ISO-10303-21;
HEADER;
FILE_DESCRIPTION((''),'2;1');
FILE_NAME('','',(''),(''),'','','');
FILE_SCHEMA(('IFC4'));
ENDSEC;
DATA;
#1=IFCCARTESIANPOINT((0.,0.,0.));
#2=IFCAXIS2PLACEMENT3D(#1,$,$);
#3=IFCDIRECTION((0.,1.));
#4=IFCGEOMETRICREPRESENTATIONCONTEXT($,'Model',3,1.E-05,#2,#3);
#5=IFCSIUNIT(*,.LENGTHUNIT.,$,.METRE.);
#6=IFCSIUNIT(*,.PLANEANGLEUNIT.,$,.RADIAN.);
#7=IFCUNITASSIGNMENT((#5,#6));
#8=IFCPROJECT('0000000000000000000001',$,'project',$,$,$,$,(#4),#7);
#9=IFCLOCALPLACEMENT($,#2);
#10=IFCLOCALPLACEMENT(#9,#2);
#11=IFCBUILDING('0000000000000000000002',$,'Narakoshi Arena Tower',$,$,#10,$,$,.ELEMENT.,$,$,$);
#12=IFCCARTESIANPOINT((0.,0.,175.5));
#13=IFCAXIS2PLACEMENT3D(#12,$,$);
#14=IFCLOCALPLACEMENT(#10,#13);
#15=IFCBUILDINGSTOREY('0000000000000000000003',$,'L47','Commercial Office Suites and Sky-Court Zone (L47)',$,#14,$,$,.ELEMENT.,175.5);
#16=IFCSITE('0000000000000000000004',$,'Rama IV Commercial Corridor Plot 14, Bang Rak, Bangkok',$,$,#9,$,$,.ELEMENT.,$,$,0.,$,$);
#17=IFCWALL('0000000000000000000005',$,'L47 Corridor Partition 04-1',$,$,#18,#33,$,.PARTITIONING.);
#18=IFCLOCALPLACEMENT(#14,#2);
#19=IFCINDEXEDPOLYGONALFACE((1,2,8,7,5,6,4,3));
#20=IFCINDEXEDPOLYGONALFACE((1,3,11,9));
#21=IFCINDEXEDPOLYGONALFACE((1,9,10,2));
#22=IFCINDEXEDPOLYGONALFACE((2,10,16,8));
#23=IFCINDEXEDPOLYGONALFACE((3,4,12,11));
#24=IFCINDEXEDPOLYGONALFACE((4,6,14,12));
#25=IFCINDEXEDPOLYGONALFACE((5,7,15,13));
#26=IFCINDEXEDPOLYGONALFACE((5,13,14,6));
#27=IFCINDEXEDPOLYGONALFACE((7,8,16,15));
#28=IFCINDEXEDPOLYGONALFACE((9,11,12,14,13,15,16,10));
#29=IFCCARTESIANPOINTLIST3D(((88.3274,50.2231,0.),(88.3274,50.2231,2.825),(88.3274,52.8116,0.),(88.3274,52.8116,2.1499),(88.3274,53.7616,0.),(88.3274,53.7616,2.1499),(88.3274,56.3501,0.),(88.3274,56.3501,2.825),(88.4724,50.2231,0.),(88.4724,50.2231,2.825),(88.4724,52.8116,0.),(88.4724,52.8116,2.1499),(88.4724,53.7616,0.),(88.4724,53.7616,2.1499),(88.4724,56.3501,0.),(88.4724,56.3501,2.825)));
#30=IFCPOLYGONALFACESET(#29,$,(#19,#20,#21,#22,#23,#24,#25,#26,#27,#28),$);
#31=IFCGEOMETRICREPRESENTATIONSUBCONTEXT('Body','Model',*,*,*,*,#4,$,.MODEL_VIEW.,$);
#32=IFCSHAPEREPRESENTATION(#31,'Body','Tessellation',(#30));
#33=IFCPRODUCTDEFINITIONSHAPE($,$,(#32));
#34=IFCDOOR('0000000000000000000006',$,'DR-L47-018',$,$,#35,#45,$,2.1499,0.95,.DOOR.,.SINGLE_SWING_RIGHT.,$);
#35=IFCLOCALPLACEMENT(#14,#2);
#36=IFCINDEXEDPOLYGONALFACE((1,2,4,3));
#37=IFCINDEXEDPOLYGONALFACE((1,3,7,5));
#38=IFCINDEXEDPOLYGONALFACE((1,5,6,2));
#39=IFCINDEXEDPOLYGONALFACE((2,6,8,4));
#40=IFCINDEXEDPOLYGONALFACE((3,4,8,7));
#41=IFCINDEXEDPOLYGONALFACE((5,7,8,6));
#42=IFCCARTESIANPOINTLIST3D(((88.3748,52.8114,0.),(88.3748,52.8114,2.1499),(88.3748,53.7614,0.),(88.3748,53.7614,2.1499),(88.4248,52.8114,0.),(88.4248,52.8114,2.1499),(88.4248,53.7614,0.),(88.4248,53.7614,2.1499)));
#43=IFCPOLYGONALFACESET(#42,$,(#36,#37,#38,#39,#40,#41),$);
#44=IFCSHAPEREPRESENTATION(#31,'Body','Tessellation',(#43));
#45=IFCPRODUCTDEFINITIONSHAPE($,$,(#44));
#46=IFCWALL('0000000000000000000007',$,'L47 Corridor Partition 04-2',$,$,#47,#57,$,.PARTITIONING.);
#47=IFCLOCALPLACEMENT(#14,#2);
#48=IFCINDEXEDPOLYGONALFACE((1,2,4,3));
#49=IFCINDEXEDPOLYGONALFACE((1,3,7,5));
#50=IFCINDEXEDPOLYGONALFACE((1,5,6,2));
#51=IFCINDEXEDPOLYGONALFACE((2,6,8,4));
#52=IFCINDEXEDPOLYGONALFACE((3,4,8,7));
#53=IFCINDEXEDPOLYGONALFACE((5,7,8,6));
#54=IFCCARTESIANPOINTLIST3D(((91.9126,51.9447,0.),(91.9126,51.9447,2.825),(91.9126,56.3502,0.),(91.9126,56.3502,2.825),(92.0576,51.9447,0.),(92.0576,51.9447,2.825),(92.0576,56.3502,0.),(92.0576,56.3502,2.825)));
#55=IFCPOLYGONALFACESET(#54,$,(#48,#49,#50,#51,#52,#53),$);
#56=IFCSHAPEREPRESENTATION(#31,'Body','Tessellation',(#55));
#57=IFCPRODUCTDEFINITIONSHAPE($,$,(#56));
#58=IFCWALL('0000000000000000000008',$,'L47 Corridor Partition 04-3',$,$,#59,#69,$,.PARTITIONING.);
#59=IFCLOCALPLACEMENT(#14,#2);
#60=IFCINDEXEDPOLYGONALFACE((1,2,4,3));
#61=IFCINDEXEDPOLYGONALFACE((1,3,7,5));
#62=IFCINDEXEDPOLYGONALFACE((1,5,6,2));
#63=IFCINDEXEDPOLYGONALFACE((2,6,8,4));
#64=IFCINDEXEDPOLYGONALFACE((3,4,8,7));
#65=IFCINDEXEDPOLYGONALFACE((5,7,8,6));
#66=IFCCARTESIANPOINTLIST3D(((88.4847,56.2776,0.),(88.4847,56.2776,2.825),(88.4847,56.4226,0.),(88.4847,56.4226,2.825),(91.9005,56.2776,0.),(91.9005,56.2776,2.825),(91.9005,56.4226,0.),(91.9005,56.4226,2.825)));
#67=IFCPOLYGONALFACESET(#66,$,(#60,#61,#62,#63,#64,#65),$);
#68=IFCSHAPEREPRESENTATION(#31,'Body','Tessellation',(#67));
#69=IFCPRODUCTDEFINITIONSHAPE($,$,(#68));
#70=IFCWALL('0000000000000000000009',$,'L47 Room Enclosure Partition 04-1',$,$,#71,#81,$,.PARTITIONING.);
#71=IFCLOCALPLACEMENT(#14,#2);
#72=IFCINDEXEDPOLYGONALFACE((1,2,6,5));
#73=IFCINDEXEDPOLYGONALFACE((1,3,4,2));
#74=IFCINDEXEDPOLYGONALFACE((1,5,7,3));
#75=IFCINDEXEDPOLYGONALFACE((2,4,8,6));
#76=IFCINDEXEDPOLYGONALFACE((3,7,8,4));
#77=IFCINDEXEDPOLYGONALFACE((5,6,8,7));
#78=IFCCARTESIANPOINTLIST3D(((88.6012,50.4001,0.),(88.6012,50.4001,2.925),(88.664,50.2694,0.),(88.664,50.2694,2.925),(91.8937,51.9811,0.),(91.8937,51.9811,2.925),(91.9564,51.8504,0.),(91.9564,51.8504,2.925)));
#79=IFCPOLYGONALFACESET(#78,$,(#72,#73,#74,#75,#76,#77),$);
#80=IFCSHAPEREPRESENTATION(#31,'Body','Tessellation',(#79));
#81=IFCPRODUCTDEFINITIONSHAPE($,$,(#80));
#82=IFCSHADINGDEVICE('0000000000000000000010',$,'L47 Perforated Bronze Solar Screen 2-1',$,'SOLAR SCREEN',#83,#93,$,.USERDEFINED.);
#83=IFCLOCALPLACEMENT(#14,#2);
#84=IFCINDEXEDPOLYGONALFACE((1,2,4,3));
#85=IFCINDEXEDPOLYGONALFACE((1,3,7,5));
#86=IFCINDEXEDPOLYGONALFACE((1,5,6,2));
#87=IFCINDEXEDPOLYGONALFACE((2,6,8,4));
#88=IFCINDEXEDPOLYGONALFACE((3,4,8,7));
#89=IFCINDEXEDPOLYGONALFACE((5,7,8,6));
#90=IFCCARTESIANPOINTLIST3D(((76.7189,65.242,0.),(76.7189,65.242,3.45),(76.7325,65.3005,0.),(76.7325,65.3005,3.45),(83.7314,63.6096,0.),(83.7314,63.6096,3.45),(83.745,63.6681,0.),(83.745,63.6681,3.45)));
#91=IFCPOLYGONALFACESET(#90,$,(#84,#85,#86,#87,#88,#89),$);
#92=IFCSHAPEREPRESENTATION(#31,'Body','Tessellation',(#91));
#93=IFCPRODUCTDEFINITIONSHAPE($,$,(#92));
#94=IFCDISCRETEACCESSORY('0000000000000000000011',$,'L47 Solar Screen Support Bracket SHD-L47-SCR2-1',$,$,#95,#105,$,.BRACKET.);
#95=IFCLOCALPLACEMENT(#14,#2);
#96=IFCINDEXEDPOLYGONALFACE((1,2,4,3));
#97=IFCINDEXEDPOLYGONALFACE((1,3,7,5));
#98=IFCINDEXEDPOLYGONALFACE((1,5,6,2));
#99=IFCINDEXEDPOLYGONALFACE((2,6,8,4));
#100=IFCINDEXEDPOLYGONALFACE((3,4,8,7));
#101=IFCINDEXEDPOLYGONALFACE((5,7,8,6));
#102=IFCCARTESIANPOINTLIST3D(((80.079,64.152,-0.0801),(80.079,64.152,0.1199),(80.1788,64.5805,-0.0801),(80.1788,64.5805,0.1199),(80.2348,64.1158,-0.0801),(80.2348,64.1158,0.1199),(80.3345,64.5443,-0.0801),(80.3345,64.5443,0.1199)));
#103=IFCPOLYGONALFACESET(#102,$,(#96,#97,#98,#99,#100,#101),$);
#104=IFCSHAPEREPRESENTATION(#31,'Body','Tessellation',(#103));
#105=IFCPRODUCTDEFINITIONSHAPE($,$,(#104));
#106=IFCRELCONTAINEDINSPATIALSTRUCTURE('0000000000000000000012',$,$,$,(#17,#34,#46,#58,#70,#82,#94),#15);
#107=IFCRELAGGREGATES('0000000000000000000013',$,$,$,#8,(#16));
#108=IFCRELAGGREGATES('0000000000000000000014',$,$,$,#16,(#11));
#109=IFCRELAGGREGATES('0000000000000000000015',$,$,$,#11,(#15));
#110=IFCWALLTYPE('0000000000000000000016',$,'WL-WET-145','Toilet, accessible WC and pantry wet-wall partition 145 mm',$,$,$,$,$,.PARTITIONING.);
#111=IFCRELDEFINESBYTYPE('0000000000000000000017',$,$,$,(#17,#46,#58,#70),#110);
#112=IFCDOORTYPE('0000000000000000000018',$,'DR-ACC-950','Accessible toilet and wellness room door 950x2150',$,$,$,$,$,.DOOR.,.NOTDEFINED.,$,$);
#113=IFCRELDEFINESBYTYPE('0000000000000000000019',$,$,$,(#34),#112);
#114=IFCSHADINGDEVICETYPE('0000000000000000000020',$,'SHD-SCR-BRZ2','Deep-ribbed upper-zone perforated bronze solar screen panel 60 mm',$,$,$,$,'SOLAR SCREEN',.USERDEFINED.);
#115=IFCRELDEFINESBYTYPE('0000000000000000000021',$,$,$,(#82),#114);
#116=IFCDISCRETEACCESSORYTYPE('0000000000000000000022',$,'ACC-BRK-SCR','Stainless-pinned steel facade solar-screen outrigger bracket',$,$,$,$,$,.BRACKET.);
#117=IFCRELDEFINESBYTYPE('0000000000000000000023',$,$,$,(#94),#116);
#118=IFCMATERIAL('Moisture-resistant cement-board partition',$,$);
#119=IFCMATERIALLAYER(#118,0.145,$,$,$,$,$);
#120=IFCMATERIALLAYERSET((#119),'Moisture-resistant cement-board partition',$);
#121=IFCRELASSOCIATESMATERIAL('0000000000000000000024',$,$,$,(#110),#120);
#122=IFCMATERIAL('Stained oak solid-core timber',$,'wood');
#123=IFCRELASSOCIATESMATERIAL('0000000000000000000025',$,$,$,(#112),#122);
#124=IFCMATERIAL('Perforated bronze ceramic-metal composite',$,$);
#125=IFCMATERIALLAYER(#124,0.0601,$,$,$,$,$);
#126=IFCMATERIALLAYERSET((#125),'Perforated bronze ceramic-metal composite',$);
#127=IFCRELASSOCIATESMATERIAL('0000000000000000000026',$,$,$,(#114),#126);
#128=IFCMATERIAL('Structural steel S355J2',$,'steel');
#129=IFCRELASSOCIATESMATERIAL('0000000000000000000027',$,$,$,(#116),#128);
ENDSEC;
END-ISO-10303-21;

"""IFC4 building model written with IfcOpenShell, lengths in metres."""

from ifc_helpers import new_model, si_unit, direction, frame, frame_2d, origin, origin_2d, place, context, subcontext, project, spatial, rectangle, extrude, material, layer, layer_set, type_object, element, fill, save


model = new_model("IFC4")

# Units and contexts
model_context = context("Model", 3, precision=1e-05, world=origin(), true_north=direction((0.0, 1.0)))
body_context = subcontext(model_context, "Body", "Model", "MODEL_VIEW")
ifc_project = project(units=[si_unit("LENGTHUNIT", "METRE"), si_unit("PLANEANGLEUNIT", "RADIAN")], contexts=[model_context])

# Site, building, storey
site_placement = place(None, origin())
site = spatial("IfcSite", under=ifc_project, at=site_placement, Name="Rama IV Commercial Corridor Plot 14, Bang Rak, Bangkok", CompositionType="ELEMENT", RefElevation=0.0)
building_placement = place(site_placement, origin())
building = spatial("IfcBuilding", under=site, at=building_placement, Name="Narakoshi Arena Tower", CompositionType="ELEMENT")
storey_placement = place(building_placement, frame((0.0, 0.0, 175.5)))
storey = spatial("IfcBuildingStorey", under=building, at=storey_placement, Name="L47", Description="Commercial Office Suites and Sky-Court Zone (L47)", CompositionType="ELEMENT", Elevation=175.5)

# Shared definitions
ifc_material_1 = material(Name="Structural steel S355J2", Category="steel")

# Shared definitions
ifc_material_2 = material(Name="Stained oak solid-core timber", Category="wood")

# Wall, opening, door
ifc_material_3 = material(Name="Moisture-resistant cement-board partition")
ifc_layer_1 = layer(ifc_material_3, 0.145)
ifc_layer_set_1 = layer_set([ifc_layer_1], Name="Moisture-resistant cement-board partition")
wall_type_1 = type_object("IfcWallType", Name="WL-WET-145", Description="Toilet, accessible WC and pantry wet-wall partition 145 mm", PredefinedType="PARTITIONING", material=ifc_layer_set_1)
wall_1_placement = place(storey_placement, frame((88.3999, 50.2231, 0.0), z_axis=(0.0, 0.0, 1.0), x_axis=(0.0, 1.0, 0.0)))
wall_1 = element("IfcWall", 1, at=wall_1_placement, inside=storey, type_object=wall_type_1, Name="L47 Corridor Partition 04-1", PredefinedType="PARTITIONING", context=body_context, shape_type="SweptSolid", body=[
    extrude(rectangle(XDim=6.127, YDim=0.145, at=frame_2d((3.0635, 0.0))), origin(), (0.0, 0.0, 1.0), 2.825),
])
opening_1_placement = place(wall_1_placement, frame((2.5884, 0.0, 0.0)))
opening_1 = element("IfcOpeningElement", 2, at=opening_1_placement, cuts=wall_1, PredefinedType="OPENING", context=body_context, shape_type="SweptSolid", body=[
    extrude(rectangle(XDim=0.95, YDim=2.1499, at=frame_2d((0.4751, 1.075))), frame((0.0, 0.0825, 0.0), z_axis=(0.0, -1.0, 0.0), x_axis=(1.0, 0.0, 0.0)), (0.0, 0.0, 1.0), 0.165),
])
door_type_1 = type_object("IfcDoorType", Name="DR-ACC-950", Description="Accessible toilet and wellness room door 950x2150", OperationType="NOTDEFINED", PredefinedType="DOOR", material=ifc_material_2)
door_1_placement = place(opening_1_placement, frame((0.95, 0.0, 0.0), z_axis=(0.0, 0.0, 1.0), x_axis=(-1.0, 0.0, 0.0)))
door_1 = element("IfcDoor", 3, at=door_1_placement, inside=storey, type_object=door_type_1, Name="DR-L47-018", OperationType="SINGLE_SWING_RIGHT", OverallHeight=2.1499, OverallWidth=0.95, PredefinedType="DOOR", context=body_context, shape_type="SweptSolid", body=[
    extrude(rectangle(XDim=0.95, YDim=2.1499, at=frame_2d((0.4751, 1.075))), frame((0.0, 0.0249, 0.0), z_axis=(0.0, -1.0, 0.0), x_axis=(1.0, 0.0, 0.0)), (0.0, 0.0, 1.0), 0.05),
])
fill(opening_1, door_1)

# Walls
wall_2_placement = place(storey_placement, frame((91.9851, 56.3501, 0.0), z_axis=(0.0, 0.0, 1.0), x_axis=(0.0, -1.0, 0.0)))
element("IfcWall", 4, at=wall_2_placement, inside=storey, type_object=wall_type_1, Name="L47 Corridor Partition 04-2", PredefinedType="PARTITIONING", context=body_context, shape_type="SweptSolid", body=[
    extrude(rectangle(XDim=4.4055, YDim=0.145, at=frame_2d((2.2026, 0.0))), origin(), (0.0, 0.0, 1.0), 2.825),
])
wall_3_placement = place(storey_placement, frame((88.4846, 56.3501, 0.0), z_axis=(0.0, 0.0, 1.0), x_axis=(1.0, 0.0, 0.0)))
element("IfcWall", 5, at=wall_3_placement, inside=storey, type_object=wall_type_1, Name="L47 Corridor Partition 04-3", PredefinedType="PARTITIONING", context=body_context, shape_type="SweptSolid", body=[
    extrude(rectangle(XDim=3.4158, YDim=0.145, at=frame_2d((1.708, 0.0))), origin(), (0.0, 0.0, 1.0), 2.825),
])
wall_4_placement = place(storey_placement, frame((91.925, 51.9158, 0.0), z_axis=(0.0, 0.0, 1.0), x_axis=(-0.901452, -0.432879, 0.0)))
element("IfcWall", 6, at=wall_4_placement, inside=storey, type_object=wall_type_1, Name="L47 Room Enclosure Partition 04-1", PredefinedType="PARTITIONING", context=body_context, shape_type="SweptSolid", body=[
    extrude(rectangle(XDim=3.6523, YDim=0.145, at=frame_2d((1.8262, 0.0))), origin(), (0.0, 0.0, 1.0), 2.925),
])

# Shading device
ifc_material_4 = material(Name="Perforated bronze ceramic-metal composite")
ifc_layer_2 = layer(ifc_material_4, 0.0601)
ifc_layer_set_2 = layer_set([ifc_layer_2], Name="Perforated bronze ceramic-metal composite")
shading_device_type = type_object("IfcShadingDeviceType", Name="SHD-SCR-BRZ2", Description="Deep-ribbed upper-zone perforated bronze solar screen panel 60 mm", ElementType="SOLAR SCREEN", PredefinedType="USERDEFINED", material=ifc_layer_set_2)
shading_device_placement = place(storey_placement, frame((80.2319, 64.4551, 0.0), z_axis=(0.0, 0.0, 1.0), x_axis=(-0.97396, 0.226719, 0.0)))
element("IfcShadingDevice", 7, at=shading_device_placement, inside=storey, type_object=shading_device_type, Name="L47 Perforated Bronze Solar Screen 2-1", ObjectType="SOLAR SCREEN", PredefinedType="USERDEFINED", context=body_context, shape_type="SweptSolid", body=[
    extrude(rectangle(XDim=7.2, YDim=0.0601, at=origin_2d()), origin(), (0.0, 0.0, 1.0), 3.45),
])

# Discrete accessory
discrete_accessory_type = type_object("IfcDiscreteAccessoryType", Name="ACC-BRK-SCR", Description="Stainless-pinned steel facade solar-screen outrigger bracket", PredefinedType="BRACKET", material=ifc_material_1)
discrete_accessory_placement = place(storey_placement, frame((80.2068, 64.3481, -0.0801), z_axis=(0.0, 0.0, 1.0), x_axis=(-0.97396, 0.226719, 0.0)))
element("IfcDiscreteAccessory", 8, at=discrete_accessory_placement, inside=storey, type_object=discrete_accessory_type, Name="L47 Solar Screen Support Bracket SHD-L47-SCR2-1", PredefinedType="BRACKET", context=body_context, shape_type="SweptSolid", body=[
    extrude(rectangle(XDim=0.1599, YDim=0.4399, at=origin_2d()), origin(), (0.0, 0.0, 1.0), 0.2),
])

save(model, "model.ifc")
